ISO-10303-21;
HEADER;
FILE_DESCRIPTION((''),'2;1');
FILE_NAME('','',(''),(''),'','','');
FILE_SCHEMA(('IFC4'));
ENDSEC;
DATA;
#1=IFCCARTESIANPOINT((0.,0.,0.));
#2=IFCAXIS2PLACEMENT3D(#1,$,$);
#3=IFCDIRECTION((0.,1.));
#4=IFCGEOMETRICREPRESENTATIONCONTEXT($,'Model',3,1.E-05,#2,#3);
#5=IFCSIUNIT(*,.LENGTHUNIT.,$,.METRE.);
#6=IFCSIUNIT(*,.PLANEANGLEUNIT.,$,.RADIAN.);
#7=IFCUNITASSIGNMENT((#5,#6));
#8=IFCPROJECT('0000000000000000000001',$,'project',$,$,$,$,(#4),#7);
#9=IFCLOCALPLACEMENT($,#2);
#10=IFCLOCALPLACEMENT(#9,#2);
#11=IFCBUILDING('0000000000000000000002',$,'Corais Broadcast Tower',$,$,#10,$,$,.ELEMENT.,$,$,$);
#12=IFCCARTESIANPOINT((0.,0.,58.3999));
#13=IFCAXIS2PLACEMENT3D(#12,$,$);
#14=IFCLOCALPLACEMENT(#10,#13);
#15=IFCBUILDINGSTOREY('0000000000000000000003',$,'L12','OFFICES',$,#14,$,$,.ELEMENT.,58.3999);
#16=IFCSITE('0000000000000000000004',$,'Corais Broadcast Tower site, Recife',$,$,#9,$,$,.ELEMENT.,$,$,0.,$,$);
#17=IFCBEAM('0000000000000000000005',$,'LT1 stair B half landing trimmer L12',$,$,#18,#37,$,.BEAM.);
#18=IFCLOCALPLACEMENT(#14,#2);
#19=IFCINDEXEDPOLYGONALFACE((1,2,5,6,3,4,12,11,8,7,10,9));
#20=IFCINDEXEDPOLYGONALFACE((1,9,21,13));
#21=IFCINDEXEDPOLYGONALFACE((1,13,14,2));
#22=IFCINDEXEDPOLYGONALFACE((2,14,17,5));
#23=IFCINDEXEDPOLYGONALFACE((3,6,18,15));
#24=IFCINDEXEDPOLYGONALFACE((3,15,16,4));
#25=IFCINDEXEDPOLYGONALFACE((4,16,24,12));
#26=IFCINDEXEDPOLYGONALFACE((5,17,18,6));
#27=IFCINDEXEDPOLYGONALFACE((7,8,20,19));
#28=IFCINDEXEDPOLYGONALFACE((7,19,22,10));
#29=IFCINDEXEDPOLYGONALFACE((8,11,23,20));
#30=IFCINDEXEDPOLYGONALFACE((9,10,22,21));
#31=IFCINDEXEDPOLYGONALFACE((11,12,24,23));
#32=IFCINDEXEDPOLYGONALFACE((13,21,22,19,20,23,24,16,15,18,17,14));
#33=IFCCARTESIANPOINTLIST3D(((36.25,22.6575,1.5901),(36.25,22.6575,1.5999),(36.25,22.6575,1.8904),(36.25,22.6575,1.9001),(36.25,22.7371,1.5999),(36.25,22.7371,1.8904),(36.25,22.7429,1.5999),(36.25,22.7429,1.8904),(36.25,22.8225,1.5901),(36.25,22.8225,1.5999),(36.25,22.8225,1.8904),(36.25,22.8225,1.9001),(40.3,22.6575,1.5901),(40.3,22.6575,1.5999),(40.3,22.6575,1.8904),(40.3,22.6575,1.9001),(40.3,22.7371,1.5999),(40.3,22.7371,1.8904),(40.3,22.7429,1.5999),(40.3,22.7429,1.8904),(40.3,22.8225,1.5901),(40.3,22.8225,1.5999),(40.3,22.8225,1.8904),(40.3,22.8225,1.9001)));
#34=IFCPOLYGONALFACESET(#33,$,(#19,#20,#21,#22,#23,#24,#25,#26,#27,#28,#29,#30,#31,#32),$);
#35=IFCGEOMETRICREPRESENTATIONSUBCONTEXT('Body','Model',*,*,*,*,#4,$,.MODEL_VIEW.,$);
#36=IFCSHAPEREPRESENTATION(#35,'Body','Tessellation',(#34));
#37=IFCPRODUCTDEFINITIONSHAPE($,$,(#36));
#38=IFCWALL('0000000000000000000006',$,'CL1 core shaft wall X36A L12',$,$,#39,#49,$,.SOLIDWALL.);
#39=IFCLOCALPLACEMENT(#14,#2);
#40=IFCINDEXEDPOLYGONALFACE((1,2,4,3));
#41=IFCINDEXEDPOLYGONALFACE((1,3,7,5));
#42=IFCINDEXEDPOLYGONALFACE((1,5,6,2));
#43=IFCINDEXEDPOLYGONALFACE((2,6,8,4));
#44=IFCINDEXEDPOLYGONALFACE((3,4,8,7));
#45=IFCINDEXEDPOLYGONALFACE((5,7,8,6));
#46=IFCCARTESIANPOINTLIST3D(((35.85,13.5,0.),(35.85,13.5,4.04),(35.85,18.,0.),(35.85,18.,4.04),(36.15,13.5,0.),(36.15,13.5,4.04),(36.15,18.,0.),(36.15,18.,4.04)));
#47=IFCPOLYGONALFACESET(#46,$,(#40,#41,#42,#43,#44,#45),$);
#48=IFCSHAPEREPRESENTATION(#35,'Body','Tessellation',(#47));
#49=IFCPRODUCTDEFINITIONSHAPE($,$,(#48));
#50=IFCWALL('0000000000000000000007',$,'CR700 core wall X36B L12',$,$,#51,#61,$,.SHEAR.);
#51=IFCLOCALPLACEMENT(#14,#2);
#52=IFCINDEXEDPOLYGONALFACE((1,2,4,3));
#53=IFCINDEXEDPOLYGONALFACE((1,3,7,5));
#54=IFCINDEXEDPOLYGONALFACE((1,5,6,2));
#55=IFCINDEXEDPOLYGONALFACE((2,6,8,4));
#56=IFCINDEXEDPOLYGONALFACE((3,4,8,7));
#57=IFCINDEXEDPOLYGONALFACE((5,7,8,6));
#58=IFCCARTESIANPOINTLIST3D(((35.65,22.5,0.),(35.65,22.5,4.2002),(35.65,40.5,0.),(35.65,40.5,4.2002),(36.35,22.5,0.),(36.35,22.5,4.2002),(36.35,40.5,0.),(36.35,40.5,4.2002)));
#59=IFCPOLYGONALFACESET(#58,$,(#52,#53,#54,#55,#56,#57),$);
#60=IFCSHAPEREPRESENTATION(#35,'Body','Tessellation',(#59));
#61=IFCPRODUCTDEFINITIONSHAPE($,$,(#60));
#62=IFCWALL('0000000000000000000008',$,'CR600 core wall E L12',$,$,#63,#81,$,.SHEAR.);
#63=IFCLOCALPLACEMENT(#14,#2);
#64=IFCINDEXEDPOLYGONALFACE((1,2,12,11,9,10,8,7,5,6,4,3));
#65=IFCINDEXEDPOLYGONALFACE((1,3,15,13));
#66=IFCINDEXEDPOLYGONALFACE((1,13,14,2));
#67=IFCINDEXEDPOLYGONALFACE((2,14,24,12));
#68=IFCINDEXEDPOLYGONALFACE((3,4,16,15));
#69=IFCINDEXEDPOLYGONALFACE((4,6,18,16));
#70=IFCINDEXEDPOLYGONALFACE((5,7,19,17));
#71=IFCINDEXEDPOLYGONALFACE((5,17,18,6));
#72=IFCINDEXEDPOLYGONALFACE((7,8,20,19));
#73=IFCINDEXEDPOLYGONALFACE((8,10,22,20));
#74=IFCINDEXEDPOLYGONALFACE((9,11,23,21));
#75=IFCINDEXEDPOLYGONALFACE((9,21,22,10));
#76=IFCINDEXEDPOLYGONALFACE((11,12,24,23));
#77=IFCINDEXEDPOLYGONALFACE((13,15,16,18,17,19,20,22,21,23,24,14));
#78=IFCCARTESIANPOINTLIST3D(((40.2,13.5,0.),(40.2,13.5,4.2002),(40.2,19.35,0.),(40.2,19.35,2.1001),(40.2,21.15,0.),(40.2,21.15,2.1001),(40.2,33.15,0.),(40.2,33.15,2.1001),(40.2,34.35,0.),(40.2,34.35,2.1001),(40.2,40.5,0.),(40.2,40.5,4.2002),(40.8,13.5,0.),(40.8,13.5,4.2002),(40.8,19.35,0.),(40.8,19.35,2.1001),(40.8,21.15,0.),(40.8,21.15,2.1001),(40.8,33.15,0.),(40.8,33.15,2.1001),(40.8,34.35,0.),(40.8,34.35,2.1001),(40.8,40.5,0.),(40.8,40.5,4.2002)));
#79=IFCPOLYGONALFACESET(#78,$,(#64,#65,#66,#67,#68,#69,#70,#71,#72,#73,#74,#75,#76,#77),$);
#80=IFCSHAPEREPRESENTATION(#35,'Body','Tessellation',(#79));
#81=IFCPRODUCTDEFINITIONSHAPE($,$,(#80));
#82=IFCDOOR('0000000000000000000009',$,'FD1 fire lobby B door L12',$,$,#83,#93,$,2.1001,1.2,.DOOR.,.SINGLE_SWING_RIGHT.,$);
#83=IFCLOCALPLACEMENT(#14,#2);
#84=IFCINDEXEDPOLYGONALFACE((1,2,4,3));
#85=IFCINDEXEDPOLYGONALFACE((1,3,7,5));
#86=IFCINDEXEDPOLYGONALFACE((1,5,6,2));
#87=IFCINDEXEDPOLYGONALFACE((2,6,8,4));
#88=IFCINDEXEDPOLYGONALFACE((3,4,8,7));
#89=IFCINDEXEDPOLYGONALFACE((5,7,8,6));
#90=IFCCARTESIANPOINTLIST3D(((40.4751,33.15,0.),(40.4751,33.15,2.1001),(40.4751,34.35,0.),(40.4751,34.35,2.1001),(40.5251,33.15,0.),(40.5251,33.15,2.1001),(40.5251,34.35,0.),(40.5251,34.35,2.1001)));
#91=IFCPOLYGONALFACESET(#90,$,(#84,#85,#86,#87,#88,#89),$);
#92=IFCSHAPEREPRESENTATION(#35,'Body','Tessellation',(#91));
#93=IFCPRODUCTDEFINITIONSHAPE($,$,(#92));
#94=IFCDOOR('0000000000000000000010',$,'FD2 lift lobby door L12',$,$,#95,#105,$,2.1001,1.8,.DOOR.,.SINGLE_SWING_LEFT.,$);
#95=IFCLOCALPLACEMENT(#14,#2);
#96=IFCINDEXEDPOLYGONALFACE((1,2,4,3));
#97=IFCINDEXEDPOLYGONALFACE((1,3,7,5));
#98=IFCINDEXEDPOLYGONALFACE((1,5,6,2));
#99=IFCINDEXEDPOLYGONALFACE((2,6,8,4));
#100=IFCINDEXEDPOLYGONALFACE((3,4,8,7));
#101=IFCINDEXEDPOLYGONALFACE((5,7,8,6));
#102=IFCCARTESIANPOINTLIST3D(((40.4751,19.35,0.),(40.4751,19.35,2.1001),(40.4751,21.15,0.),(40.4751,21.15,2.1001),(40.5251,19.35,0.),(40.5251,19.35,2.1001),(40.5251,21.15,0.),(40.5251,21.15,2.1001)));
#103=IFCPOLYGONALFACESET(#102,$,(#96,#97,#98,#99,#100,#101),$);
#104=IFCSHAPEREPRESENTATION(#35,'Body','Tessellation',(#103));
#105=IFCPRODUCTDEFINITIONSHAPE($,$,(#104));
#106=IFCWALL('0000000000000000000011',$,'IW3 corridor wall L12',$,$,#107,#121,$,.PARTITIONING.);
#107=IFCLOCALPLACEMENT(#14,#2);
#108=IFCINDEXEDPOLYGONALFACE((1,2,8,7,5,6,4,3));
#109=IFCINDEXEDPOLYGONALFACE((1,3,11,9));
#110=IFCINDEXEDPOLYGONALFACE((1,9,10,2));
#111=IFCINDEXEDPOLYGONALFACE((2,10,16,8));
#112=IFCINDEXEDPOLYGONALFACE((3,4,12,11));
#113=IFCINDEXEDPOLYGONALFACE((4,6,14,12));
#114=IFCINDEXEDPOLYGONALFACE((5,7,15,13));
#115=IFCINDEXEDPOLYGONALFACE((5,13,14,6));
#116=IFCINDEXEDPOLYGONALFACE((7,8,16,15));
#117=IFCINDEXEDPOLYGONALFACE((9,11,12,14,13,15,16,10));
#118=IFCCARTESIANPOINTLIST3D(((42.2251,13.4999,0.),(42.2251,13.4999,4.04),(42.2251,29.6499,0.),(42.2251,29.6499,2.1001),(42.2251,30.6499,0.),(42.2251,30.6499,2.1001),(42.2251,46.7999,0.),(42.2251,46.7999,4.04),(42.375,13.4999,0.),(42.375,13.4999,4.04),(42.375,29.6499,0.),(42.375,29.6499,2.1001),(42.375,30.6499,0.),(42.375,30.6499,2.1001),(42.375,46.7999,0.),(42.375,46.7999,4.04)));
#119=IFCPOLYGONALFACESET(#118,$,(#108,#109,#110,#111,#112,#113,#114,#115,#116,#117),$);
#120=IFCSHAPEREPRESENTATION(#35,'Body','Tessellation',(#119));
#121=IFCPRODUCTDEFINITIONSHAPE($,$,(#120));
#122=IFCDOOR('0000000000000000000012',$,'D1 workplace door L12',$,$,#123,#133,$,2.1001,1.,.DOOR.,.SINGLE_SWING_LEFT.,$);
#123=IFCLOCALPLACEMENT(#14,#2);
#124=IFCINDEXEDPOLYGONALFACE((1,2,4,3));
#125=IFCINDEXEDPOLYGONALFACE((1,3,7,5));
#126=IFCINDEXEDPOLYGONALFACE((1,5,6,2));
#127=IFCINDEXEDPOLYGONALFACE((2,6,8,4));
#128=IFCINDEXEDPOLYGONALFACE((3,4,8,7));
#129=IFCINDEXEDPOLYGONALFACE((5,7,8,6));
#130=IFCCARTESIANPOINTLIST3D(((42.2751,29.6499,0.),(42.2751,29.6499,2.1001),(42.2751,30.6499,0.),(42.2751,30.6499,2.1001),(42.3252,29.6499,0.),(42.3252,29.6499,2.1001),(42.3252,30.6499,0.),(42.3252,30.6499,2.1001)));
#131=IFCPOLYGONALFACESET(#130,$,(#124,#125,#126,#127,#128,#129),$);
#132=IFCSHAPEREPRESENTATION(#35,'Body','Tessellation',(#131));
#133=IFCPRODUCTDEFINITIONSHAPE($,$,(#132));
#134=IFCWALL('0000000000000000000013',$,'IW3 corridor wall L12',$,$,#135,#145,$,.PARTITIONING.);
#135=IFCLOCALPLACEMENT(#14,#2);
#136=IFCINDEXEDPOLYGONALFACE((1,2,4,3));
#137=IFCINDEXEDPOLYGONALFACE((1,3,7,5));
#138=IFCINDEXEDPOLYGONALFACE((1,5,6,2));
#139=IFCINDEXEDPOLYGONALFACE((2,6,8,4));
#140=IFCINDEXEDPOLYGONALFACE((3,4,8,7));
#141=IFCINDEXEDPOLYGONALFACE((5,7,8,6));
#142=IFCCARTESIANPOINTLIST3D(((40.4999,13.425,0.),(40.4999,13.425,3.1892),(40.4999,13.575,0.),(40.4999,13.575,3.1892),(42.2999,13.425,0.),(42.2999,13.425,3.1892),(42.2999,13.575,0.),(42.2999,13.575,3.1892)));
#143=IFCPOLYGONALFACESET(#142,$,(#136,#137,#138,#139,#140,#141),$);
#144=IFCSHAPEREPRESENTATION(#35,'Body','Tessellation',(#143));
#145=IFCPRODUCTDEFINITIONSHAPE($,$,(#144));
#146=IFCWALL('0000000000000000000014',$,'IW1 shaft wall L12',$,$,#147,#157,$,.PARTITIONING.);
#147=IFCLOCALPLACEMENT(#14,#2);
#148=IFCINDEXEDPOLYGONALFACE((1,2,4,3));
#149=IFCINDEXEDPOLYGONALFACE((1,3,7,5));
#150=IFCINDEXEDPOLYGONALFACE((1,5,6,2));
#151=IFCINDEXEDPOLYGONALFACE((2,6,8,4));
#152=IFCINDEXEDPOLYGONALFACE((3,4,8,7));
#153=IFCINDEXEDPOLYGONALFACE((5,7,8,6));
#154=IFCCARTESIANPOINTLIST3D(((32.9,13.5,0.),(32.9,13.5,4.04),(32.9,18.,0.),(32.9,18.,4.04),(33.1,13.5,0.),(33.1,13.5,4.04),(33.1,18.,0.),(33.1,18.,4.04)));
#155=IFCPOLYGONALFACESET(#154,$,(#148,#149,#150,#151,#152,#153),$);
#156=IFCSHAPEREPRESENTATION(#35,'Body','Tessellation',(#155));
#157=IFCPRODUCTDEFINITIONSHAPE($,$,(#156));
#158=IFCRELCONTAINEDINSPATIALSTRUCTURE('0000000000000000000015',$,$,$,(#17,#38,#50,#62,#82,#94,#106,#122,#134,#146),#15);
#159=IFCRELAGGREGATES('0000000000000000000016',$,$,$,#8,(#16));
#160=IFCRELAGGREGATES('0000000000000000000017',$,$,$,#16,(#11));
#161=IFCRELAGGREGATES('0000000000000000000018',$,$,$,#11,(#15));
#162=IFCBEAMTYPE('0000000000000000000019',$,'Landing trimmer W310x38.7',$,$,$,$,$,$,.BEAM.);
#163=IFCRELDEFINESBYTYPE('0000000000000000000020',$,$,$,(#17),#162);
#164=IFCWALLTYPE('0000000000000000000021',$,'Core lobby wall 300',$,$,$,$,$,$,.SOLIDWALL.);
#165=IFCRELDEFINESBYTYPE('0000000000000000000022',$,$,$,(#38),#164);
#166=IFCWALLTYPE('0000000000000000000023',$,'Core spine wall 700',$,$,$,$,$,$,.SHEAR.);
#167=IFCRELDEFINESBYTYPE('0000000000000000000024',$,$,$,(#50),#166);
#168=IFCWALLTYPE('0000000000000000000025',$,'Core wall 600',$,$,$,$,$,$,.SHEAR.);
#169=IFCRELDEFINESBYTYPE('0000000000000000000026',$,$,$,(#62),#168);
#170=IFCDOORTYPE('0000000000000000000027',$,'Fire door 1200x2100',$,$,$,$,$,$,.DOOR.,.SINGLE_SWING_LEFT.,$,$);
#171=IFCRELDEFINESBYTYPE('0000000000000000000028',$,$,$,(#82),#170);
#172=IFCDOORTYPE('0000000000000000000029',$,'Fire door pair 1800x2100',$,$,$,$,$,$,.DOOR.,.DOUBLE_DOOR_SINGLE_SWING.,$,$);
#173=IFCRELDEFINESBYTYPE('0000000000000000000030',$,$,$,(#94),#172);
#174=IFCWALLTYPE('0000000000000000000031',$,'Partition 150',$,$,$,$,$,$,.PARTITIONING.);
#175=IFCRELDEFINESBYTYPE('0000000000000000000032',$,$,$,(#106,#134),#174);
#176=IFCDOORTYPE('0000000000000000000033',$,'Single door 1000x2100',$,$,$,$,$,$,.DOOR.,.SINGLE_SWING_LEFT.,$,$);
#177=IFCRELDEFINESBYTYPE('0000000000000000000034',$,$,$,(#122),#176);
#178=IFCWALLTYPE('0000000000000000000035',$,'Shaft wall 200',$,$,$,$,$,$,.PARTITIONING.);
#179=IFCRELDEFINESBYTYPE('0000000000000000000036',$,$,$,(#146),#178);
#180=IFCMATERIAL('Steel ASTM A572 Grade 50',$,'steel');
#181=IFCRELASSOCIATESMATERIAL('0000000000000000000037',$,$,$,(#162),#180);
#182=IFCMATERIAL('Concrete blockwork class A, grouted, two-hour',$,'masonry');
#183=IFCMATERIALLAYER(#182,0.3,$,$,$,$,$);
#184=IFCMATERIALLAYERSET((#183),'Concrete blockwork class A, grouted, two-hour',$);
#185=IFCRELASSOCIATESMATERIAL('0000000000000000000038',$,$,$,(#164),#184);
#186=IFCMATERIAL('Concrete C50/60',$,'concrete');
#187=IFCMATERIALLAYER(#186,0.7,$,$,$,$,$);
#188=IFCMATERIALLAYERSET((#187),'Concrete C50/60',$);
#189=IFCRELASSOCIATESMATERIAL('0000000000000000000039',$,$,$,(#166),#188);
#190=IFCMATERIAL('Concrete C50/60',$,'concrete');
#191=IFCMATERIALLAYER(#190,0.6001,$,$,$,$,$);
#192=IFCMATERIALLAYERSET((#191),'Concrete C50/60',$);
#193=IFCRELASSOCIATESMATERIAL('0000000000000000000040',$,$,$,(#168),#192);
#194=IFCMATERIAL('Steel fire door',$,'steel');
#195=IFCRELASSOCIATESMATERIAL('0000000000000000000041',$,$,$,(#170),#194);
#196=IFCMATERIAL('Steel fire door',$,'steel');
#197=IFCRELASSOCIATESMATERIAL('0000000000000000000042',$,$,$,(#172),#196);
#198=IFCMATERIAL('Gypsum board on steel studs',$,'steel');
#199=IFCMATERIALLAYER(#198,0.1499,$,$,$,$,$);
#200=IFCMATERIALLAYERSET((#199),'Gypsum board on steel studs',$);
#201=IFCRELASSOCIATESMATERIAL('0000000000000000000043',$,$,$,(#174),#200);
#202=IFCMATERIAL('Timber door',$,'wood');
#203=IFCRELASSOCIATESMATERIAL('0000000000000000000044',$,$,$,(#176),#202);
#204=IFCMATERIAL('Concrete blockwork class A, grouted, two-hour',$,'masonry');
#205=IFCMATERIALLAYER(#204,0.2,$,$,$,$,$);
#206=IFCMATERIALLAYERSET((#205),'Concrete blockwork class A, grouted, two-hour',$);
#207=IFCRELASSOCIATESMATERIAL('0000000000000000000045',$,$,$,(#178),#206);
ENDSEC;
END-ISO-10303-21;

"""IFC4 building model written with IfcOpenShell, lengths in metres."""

from ifc_helpers import new_model, si_unit, direction, frame, frame_2d, origin, origin_2d, place, context, subcontext, project, spatial, rectangle, i_section, extrude, material, layer, layer_set, material_profile, profile_set, type_object, element, fill, save


model = new_model("IFC4")

# Units and contexts
model_context = context("Model", 3, precision=1e-05, world=origin(), true_north=direction((0.0, 1.0)))
body_context = subcontext(model_context, "Body", "Model", "MODEL_VIEW")
ifc_project = project(units=[si_unit("LENGTHUNIT", "METRE"), si_unit("PLANEANGLEUNIT", "RADIAN")], contexts=[model_context])

# Site, building, storey
site_placement = place(None, origin())
site = spatial("IfcSite", under=ifc_project, at=site_placement, Name="Corais Broadcast Tower site, Recife", CompositionType="ELEMENT", RefElevation=0.0)
building_placement = place(site_placement, origin())
building = spatial("IfcBuilding", under=site, at=building_placement, Name="Corais Broadcast Tower", CompositionType="ELEMENT")
storey_placement = place(building_placement, frame((0.0, 0.0, 58.3999)))
storey = spatial("IfcBuildingStorey", under=building, at=storey_placement, Name="L12", Description="OFFICES", CompositionType="ELEMENT", Elevation=58.3999)

# Beam
ifc_material_1 = material(Name="Steel ASTM A572 Grade 50", Category="steel")
ifc_material_profile = material_profile(ifc_material_1, i_section(OverallWidth=0.165, OverallDepth=0.3101, WebThickness=0.0059, FlangeThickness=0.0098, at=origin_2d()), Name="W310x38.7")
ifc_profile_set = profile_set([ifc_material_profile], Name="Steel ASTM A572 Grade 50")
beam_type = type_object("IfcBeamType", Name="Landing trimmer W310x38.7", PredefinedType="BEAM", material=ifc_profile_set)
beam_placement = place(storey_placement, frame((36.25, 22.74, 1.7451), z_axis=(1.0, 0.0, 0.0), x_axis=(0.0, 1.0, 0.0)))
element("IfcBeam", 1, at=beam_placement, inside=storey, type_object=beam_type, Name="LT1 stair B half landing trimmer L12", PredefinedType="BEAM", context=body_context, shape_type="SweptSolid", body=[
    extrude(i_section(OverallWidth=0.165, OverallDepth=0.3101, WebThickness=0.0059, FlangeThickness=0.0098, at=origin_2d()), origin(), (0.0, 0.0, 1.0), 4.05),
])

# Walls
ifc_material_2 = material(Name="Concrete blockwork class A, grouted, two-hour", Category="masonry")
ifc_layer_1 = layer(ifc_material_2, 0.3)
ifc_layer_set_1 = layer_set([ifc_layer_1], Name="Concrete blockwork class A, grouted, two-hour")
wall_type_1 = type_object("IfcWallType", Name="Core lobby wall 300", PredefinedType="SOLIDWALL", material=ifc_layer_set_1)
wall_1_placement = place(storey_placement, frame((36.0, 13.5, 0.0), z_axis=(0.0, 0.0, 1.0), x_axis=(0.0, 1.0, 0.0)))
element("IfcWall", 2, at=wall_1_placement, inside=storey, type_object=wall_type_1, Name="CL1 core shaft wall X36A L12", PredefinedType="SOLIDWALL", context=body_context, shape_type="SweptSolid", body=[
    extrude(rectangle(XDim=4.5, YDim=0.3, at=frame_2d((2.25, 0.0))), origin(), (0.0, 0.0, 1.0), 4.04),
])
ifc_material_3 = material(Name="Concrete C50/60", Category="concrete")
ifc_layer_2 = layer(ifc_material_3, 0.7)
ifc_layer_set_2 = layer_set([ifc_layer_2], Name="Concrete C50/60")
wall_type_2 = type_object("IfcWallType", Name="Core spine wall 700", PredefinedType="SHEAR", material=ifc_layer_set_2)
wall_2_placement = place(storey_placement, frame((36.0, 22.5, 0.0), z_axis=(0.0, 0.0, 1.0), x_axis=(0.0, 1.0, 0.0)))
element("IfcWall", 3, at=wall_2_placement, inside=storey, type_object=wall_type_2, Name="CR700 core wall X36B L12", PredefinedType="SHEAR", context=body_context, shape_type="SweptSolid", body=[
    extrude(rectangle(XDim=18.0, YDim=0.7, at=frame_2d((9.0, 0.0))), origin(), (0.0, 0.0, 1.0), 4.2002),
])

# Wall, openings, doors
ifc_material_4 = material(Name="Concrete C50/60", Category="concrete")
ifc_layer_3 = layer(ifc_material_4, 0.6001)
ifc_layer_set_3 = layer_set([ifc_layer_3], Name="Concrete C50/60")
wall_type_3 = type_object("IfcWallType", Name="Core wall 600", PredefinedType="SHEAR", material=ifc_layer_set_3)
wall_3_placement = place(storey_placement, frame((40.5, 13.5, 0.0), z_axis=(0.0, 0.0, 1.0), x_axis=(0.0, 1.0, 0.0)))
wall_3 = element("IfcWall", 4, at=wall_3_placement, inside=storey, type_object=wall_type_3, Name="CR600 core wall E L12", PredefinedType="SHEAR", context=body_context, shape_type="SweptSolid", body=[
    extrude(rectangle(XDim=27.0, YDim=0.6001, at=frame_2d((13.5, 0.0))), origin(), (0.0, 0.0, 1.0), 4.2002),
])
opening_1_placement = place(wall_3_placement, frame((5.8501, 0.0, 0.0)))
opening_1 = element("IfcOpeningElement", 5, at=opening_1_placement, cuts=wall_3, PredefinedType="OPENING", context=body_context, shape_type="SweptSolid", body=[
    extrude(rectangle(XDim=1.8, YDim=2.1001, at=frame_2d((0.8999, 1.05))), frame((0.0, 0.3101, 0.0), z_axis=(0.0, -1.0, 0.0), x_axis=(1.0, 0.0, 0.0)), (0.0, 0.0, 1.0), 0.6201),
])
opening_2_placement = place(wall_3_placement, frame((19.6499, 0.0, 0.0)))
opening_2 = element("IfcOpeningElement", 6, at=opening_2_placement, cuts=wall_3, PredefinedType="OPENING", context=body_context, shape_type="SweptSolid", body=[
    extrude(rectangle(XDim=1.2, YDim=2.1001, at=frame_2d((0.6001, 1.05))), frame((0.0, 0.3101, 0.0), z_axis=(0.0, -1.0, 0.0), x_axis=(1.0, 0.0, 0.0)), (0.0, 0.0, 1.0), 0.6201),
])
ifc_material_5 = material(Name="Steel fire door", Category="steel")
door_type_1 = type_object("IfcDoorType", Name="Fire door 1200x2100", OperationType="SINGLE_SWING_LEFT", PredefinedType="DOOR", material=ifc_material_5)
door_1_placement = place(opening_2_placement, origin())
door_1 = element("IfcDoor", 7, at=door_1_placement, inside=storey, type_object=door_type_1, Name="FD1 fire lobby B door L12", OperationType="SINGLE_SWING_RIGHT", OverallHeight=2.1001, OverallWidth=1.2, PredefinedType="DOOR", context=body_context, shape_type="SweptSolid", body=[
    extrude(rectangle(XDim=1.2, YDim=2.1001, at=frame_2d((0.6001, 1.05))), frame((0.0, 0.0249, 0.0), z_axis=(0.0, -1.0, 0.0), x_axis=(1.0, 0.0, 0.0)), (0.0, 0.0, 1.0), 0.05),
])
fill(opening_2, door_1)
ifc_material_6 = material(Name="Steel fire door", Category="steel")
door_type_2 = type_object("IfcDoorType", Name="Fire door pair 1800x2100", OperationType="DOUBLE_DOOR_SINGLE_SWING", PredefinedType="DOOR", material=ifc_material_6)
door_2_placement = place(opening_1_placement, origin())
door_2 = element("IfcDoor", 8, at=door_2_placement, inside=storey, type_object=door_type_2, Name="FD2 lift lobby door L12", OperationType="SINGLE_SWING_LEFT", OverallHeight=2.1001, OverallWidth=1.8, PredefinedType="DOOR", context=body_context, shape_type="SweptSolid", body=[
    extrude(rectangle(XDim=1.8, YDim=2.1001, at=frame_2d((0.8999, 1.05))), frame((0.0, 0.0249, 0.0), z_axis=(0.0, -1.0, 0.0), x_axis=(1.0, 0.0, 0.0)), (0.0, 0.0, 1.0), 0.05),
])
fill(opening_1, door_2)

# Wall, opening, door
ifc_material_7 = material(Name="Gypsum board on steel studs", Category="steel")
ifc_layer_4 = layer(ifc_material_7, 0.1499)
ifc_layer_set_4 = layer_set([ifc_layer_4], Name="Gypsum board on steel studs")
wall_type_4 = type_object("IfcWallType", Name="Partition 150", PredefinedType="PARTITIONING", material=ifc_layer_set_4)
wall_4_placement = place(storey_placement, frame((42.3, 13.5, 0.0), z_axis=(0.0, 0.0, 1.0), x_axis=(0.0, 1.0, 0.0)))
wall_4 = element("IfcWall", 9, at=wall_4_placement, inside=storey, type_object=wall_type_4, Name="IW3 corridor wall L12", PredefinedType="PARTITIONING", context=body_context, shape_type="SweptSolid", body=[
    extrude(rectangle(XDim=33.3, YDim=0.1499, at=frame_2d((16.6499, 0.0))), origin(), (0.0, 0.0, 1.0), 4.04),
])
opening_3_placement = place(wall_4_placement, frame((16.1499, 0.0, 0.0)))
opening_3 = element("IfcOpeningElement", 10, at=opening_3_placement, cuts=wall_4, PredefinedType="OPENING", context=body_context, shape_type="SweptSolid", body=[
    extrude(rectangle(XDim=1.0, YDim=2.1001, at=frame_2d((0.5, 1.05))), frame((0.0, 0.085, 0.0), z_axis=(0.0, -1.0, 0.0), x_axis=(1.0, 0.0, 0.0)), (0.0, 0.0, 1.0), 0.1699),
])
ifc_material_8 = material(Name="Timber door", Category="wood")
door_type_3 = type_object("IfcDoorType", Name="Single door 1000x2100", OperationType="SINGLE_SWING_LEFT", PredefinedType="DOOR", material=ifc_material_8)
door_3_placement = place(opening_3_placement, origin())
door_3 = element("IfcDoor", 11, at=door_3_placement, inside=storey, type_object=door_type_3, Name="D1 workplace door L12", OperationType="SINGLE_SWING_LEFT", OverallHeight=2.1001, OverallWidth=1.0, PredefinedType="DOOR", context=body_context, shape_type="SweptSolid", body=[
    extrude(rectangle(XDim=1.0, YDim=2.1001, at=frame_2d((0.5, 1.05))), frame((0.0, 0.0249, 0.0), z_axis=(0.0, -1.0, 0.0), x_axis=(1.0, 0.0, 0.0)), (0.0, 0.0, 1.0), 0.05),
])
fill(opening_3, door_3)

# Walls
wall_5_placement = place(storey_placement, frame((40.5, 13.5, 0.0), z_axis=(0.0, 0.0, 1.0), x_axis=(1.0, 0.0, 0.0)))
element("IfcWall", 12, at=wall_5_placement, inside=storey, type_object=wall_type_4, Name="IW3 corridor wall L12", PredefinedType="PARTITIONING", context=body_context, shape_type="SweptSolid", body=[
    extrude(rectangle(XDim=1.8, YDim=0.1499, at=frame_2d((0.8999, 0.0))), origin(), (0.0, 0.0, 1.0), 3.1892),
])
ifc_material_9 = material(Name="Concrete blockwork class A, grouted, two-hour", Category="masonry")
ifc_layer_5 = layer(ifc_material_9, 0.2)
ifc_layer_set_5 = layer_set([ifc_layer_5], Name="Concrete blockwork class A, grouted, two-hour")
wall_type_5 = type_object("IfcWallType", Name="Shaft wall 200", PredefinedType="PARTITIONING", material=ifc_layer_set_5)
wall_6_placement = place(storey_placement, frame((33.0, 13.5, 0.0), z_axis=(0.0, 0.0, 1.0), x_axis=(0.0, 1.0, 0.0)))
element("IfcWall", 13, at=wall_6_placement, inside=storey, type_object=wall_type_5, Name="IW1 shaft wall L12", PredefinedType="PARTITIONING", context=body_context, shape_type="SweptSolid", body=[
    extrude(rectangle(XDim=4.5, YDim=0.2, at=frame_2d((2.25, 0.0))), origin(), (0.0, 0.0, 1.0), 4.04),
])

save(model, "model.ifc")
